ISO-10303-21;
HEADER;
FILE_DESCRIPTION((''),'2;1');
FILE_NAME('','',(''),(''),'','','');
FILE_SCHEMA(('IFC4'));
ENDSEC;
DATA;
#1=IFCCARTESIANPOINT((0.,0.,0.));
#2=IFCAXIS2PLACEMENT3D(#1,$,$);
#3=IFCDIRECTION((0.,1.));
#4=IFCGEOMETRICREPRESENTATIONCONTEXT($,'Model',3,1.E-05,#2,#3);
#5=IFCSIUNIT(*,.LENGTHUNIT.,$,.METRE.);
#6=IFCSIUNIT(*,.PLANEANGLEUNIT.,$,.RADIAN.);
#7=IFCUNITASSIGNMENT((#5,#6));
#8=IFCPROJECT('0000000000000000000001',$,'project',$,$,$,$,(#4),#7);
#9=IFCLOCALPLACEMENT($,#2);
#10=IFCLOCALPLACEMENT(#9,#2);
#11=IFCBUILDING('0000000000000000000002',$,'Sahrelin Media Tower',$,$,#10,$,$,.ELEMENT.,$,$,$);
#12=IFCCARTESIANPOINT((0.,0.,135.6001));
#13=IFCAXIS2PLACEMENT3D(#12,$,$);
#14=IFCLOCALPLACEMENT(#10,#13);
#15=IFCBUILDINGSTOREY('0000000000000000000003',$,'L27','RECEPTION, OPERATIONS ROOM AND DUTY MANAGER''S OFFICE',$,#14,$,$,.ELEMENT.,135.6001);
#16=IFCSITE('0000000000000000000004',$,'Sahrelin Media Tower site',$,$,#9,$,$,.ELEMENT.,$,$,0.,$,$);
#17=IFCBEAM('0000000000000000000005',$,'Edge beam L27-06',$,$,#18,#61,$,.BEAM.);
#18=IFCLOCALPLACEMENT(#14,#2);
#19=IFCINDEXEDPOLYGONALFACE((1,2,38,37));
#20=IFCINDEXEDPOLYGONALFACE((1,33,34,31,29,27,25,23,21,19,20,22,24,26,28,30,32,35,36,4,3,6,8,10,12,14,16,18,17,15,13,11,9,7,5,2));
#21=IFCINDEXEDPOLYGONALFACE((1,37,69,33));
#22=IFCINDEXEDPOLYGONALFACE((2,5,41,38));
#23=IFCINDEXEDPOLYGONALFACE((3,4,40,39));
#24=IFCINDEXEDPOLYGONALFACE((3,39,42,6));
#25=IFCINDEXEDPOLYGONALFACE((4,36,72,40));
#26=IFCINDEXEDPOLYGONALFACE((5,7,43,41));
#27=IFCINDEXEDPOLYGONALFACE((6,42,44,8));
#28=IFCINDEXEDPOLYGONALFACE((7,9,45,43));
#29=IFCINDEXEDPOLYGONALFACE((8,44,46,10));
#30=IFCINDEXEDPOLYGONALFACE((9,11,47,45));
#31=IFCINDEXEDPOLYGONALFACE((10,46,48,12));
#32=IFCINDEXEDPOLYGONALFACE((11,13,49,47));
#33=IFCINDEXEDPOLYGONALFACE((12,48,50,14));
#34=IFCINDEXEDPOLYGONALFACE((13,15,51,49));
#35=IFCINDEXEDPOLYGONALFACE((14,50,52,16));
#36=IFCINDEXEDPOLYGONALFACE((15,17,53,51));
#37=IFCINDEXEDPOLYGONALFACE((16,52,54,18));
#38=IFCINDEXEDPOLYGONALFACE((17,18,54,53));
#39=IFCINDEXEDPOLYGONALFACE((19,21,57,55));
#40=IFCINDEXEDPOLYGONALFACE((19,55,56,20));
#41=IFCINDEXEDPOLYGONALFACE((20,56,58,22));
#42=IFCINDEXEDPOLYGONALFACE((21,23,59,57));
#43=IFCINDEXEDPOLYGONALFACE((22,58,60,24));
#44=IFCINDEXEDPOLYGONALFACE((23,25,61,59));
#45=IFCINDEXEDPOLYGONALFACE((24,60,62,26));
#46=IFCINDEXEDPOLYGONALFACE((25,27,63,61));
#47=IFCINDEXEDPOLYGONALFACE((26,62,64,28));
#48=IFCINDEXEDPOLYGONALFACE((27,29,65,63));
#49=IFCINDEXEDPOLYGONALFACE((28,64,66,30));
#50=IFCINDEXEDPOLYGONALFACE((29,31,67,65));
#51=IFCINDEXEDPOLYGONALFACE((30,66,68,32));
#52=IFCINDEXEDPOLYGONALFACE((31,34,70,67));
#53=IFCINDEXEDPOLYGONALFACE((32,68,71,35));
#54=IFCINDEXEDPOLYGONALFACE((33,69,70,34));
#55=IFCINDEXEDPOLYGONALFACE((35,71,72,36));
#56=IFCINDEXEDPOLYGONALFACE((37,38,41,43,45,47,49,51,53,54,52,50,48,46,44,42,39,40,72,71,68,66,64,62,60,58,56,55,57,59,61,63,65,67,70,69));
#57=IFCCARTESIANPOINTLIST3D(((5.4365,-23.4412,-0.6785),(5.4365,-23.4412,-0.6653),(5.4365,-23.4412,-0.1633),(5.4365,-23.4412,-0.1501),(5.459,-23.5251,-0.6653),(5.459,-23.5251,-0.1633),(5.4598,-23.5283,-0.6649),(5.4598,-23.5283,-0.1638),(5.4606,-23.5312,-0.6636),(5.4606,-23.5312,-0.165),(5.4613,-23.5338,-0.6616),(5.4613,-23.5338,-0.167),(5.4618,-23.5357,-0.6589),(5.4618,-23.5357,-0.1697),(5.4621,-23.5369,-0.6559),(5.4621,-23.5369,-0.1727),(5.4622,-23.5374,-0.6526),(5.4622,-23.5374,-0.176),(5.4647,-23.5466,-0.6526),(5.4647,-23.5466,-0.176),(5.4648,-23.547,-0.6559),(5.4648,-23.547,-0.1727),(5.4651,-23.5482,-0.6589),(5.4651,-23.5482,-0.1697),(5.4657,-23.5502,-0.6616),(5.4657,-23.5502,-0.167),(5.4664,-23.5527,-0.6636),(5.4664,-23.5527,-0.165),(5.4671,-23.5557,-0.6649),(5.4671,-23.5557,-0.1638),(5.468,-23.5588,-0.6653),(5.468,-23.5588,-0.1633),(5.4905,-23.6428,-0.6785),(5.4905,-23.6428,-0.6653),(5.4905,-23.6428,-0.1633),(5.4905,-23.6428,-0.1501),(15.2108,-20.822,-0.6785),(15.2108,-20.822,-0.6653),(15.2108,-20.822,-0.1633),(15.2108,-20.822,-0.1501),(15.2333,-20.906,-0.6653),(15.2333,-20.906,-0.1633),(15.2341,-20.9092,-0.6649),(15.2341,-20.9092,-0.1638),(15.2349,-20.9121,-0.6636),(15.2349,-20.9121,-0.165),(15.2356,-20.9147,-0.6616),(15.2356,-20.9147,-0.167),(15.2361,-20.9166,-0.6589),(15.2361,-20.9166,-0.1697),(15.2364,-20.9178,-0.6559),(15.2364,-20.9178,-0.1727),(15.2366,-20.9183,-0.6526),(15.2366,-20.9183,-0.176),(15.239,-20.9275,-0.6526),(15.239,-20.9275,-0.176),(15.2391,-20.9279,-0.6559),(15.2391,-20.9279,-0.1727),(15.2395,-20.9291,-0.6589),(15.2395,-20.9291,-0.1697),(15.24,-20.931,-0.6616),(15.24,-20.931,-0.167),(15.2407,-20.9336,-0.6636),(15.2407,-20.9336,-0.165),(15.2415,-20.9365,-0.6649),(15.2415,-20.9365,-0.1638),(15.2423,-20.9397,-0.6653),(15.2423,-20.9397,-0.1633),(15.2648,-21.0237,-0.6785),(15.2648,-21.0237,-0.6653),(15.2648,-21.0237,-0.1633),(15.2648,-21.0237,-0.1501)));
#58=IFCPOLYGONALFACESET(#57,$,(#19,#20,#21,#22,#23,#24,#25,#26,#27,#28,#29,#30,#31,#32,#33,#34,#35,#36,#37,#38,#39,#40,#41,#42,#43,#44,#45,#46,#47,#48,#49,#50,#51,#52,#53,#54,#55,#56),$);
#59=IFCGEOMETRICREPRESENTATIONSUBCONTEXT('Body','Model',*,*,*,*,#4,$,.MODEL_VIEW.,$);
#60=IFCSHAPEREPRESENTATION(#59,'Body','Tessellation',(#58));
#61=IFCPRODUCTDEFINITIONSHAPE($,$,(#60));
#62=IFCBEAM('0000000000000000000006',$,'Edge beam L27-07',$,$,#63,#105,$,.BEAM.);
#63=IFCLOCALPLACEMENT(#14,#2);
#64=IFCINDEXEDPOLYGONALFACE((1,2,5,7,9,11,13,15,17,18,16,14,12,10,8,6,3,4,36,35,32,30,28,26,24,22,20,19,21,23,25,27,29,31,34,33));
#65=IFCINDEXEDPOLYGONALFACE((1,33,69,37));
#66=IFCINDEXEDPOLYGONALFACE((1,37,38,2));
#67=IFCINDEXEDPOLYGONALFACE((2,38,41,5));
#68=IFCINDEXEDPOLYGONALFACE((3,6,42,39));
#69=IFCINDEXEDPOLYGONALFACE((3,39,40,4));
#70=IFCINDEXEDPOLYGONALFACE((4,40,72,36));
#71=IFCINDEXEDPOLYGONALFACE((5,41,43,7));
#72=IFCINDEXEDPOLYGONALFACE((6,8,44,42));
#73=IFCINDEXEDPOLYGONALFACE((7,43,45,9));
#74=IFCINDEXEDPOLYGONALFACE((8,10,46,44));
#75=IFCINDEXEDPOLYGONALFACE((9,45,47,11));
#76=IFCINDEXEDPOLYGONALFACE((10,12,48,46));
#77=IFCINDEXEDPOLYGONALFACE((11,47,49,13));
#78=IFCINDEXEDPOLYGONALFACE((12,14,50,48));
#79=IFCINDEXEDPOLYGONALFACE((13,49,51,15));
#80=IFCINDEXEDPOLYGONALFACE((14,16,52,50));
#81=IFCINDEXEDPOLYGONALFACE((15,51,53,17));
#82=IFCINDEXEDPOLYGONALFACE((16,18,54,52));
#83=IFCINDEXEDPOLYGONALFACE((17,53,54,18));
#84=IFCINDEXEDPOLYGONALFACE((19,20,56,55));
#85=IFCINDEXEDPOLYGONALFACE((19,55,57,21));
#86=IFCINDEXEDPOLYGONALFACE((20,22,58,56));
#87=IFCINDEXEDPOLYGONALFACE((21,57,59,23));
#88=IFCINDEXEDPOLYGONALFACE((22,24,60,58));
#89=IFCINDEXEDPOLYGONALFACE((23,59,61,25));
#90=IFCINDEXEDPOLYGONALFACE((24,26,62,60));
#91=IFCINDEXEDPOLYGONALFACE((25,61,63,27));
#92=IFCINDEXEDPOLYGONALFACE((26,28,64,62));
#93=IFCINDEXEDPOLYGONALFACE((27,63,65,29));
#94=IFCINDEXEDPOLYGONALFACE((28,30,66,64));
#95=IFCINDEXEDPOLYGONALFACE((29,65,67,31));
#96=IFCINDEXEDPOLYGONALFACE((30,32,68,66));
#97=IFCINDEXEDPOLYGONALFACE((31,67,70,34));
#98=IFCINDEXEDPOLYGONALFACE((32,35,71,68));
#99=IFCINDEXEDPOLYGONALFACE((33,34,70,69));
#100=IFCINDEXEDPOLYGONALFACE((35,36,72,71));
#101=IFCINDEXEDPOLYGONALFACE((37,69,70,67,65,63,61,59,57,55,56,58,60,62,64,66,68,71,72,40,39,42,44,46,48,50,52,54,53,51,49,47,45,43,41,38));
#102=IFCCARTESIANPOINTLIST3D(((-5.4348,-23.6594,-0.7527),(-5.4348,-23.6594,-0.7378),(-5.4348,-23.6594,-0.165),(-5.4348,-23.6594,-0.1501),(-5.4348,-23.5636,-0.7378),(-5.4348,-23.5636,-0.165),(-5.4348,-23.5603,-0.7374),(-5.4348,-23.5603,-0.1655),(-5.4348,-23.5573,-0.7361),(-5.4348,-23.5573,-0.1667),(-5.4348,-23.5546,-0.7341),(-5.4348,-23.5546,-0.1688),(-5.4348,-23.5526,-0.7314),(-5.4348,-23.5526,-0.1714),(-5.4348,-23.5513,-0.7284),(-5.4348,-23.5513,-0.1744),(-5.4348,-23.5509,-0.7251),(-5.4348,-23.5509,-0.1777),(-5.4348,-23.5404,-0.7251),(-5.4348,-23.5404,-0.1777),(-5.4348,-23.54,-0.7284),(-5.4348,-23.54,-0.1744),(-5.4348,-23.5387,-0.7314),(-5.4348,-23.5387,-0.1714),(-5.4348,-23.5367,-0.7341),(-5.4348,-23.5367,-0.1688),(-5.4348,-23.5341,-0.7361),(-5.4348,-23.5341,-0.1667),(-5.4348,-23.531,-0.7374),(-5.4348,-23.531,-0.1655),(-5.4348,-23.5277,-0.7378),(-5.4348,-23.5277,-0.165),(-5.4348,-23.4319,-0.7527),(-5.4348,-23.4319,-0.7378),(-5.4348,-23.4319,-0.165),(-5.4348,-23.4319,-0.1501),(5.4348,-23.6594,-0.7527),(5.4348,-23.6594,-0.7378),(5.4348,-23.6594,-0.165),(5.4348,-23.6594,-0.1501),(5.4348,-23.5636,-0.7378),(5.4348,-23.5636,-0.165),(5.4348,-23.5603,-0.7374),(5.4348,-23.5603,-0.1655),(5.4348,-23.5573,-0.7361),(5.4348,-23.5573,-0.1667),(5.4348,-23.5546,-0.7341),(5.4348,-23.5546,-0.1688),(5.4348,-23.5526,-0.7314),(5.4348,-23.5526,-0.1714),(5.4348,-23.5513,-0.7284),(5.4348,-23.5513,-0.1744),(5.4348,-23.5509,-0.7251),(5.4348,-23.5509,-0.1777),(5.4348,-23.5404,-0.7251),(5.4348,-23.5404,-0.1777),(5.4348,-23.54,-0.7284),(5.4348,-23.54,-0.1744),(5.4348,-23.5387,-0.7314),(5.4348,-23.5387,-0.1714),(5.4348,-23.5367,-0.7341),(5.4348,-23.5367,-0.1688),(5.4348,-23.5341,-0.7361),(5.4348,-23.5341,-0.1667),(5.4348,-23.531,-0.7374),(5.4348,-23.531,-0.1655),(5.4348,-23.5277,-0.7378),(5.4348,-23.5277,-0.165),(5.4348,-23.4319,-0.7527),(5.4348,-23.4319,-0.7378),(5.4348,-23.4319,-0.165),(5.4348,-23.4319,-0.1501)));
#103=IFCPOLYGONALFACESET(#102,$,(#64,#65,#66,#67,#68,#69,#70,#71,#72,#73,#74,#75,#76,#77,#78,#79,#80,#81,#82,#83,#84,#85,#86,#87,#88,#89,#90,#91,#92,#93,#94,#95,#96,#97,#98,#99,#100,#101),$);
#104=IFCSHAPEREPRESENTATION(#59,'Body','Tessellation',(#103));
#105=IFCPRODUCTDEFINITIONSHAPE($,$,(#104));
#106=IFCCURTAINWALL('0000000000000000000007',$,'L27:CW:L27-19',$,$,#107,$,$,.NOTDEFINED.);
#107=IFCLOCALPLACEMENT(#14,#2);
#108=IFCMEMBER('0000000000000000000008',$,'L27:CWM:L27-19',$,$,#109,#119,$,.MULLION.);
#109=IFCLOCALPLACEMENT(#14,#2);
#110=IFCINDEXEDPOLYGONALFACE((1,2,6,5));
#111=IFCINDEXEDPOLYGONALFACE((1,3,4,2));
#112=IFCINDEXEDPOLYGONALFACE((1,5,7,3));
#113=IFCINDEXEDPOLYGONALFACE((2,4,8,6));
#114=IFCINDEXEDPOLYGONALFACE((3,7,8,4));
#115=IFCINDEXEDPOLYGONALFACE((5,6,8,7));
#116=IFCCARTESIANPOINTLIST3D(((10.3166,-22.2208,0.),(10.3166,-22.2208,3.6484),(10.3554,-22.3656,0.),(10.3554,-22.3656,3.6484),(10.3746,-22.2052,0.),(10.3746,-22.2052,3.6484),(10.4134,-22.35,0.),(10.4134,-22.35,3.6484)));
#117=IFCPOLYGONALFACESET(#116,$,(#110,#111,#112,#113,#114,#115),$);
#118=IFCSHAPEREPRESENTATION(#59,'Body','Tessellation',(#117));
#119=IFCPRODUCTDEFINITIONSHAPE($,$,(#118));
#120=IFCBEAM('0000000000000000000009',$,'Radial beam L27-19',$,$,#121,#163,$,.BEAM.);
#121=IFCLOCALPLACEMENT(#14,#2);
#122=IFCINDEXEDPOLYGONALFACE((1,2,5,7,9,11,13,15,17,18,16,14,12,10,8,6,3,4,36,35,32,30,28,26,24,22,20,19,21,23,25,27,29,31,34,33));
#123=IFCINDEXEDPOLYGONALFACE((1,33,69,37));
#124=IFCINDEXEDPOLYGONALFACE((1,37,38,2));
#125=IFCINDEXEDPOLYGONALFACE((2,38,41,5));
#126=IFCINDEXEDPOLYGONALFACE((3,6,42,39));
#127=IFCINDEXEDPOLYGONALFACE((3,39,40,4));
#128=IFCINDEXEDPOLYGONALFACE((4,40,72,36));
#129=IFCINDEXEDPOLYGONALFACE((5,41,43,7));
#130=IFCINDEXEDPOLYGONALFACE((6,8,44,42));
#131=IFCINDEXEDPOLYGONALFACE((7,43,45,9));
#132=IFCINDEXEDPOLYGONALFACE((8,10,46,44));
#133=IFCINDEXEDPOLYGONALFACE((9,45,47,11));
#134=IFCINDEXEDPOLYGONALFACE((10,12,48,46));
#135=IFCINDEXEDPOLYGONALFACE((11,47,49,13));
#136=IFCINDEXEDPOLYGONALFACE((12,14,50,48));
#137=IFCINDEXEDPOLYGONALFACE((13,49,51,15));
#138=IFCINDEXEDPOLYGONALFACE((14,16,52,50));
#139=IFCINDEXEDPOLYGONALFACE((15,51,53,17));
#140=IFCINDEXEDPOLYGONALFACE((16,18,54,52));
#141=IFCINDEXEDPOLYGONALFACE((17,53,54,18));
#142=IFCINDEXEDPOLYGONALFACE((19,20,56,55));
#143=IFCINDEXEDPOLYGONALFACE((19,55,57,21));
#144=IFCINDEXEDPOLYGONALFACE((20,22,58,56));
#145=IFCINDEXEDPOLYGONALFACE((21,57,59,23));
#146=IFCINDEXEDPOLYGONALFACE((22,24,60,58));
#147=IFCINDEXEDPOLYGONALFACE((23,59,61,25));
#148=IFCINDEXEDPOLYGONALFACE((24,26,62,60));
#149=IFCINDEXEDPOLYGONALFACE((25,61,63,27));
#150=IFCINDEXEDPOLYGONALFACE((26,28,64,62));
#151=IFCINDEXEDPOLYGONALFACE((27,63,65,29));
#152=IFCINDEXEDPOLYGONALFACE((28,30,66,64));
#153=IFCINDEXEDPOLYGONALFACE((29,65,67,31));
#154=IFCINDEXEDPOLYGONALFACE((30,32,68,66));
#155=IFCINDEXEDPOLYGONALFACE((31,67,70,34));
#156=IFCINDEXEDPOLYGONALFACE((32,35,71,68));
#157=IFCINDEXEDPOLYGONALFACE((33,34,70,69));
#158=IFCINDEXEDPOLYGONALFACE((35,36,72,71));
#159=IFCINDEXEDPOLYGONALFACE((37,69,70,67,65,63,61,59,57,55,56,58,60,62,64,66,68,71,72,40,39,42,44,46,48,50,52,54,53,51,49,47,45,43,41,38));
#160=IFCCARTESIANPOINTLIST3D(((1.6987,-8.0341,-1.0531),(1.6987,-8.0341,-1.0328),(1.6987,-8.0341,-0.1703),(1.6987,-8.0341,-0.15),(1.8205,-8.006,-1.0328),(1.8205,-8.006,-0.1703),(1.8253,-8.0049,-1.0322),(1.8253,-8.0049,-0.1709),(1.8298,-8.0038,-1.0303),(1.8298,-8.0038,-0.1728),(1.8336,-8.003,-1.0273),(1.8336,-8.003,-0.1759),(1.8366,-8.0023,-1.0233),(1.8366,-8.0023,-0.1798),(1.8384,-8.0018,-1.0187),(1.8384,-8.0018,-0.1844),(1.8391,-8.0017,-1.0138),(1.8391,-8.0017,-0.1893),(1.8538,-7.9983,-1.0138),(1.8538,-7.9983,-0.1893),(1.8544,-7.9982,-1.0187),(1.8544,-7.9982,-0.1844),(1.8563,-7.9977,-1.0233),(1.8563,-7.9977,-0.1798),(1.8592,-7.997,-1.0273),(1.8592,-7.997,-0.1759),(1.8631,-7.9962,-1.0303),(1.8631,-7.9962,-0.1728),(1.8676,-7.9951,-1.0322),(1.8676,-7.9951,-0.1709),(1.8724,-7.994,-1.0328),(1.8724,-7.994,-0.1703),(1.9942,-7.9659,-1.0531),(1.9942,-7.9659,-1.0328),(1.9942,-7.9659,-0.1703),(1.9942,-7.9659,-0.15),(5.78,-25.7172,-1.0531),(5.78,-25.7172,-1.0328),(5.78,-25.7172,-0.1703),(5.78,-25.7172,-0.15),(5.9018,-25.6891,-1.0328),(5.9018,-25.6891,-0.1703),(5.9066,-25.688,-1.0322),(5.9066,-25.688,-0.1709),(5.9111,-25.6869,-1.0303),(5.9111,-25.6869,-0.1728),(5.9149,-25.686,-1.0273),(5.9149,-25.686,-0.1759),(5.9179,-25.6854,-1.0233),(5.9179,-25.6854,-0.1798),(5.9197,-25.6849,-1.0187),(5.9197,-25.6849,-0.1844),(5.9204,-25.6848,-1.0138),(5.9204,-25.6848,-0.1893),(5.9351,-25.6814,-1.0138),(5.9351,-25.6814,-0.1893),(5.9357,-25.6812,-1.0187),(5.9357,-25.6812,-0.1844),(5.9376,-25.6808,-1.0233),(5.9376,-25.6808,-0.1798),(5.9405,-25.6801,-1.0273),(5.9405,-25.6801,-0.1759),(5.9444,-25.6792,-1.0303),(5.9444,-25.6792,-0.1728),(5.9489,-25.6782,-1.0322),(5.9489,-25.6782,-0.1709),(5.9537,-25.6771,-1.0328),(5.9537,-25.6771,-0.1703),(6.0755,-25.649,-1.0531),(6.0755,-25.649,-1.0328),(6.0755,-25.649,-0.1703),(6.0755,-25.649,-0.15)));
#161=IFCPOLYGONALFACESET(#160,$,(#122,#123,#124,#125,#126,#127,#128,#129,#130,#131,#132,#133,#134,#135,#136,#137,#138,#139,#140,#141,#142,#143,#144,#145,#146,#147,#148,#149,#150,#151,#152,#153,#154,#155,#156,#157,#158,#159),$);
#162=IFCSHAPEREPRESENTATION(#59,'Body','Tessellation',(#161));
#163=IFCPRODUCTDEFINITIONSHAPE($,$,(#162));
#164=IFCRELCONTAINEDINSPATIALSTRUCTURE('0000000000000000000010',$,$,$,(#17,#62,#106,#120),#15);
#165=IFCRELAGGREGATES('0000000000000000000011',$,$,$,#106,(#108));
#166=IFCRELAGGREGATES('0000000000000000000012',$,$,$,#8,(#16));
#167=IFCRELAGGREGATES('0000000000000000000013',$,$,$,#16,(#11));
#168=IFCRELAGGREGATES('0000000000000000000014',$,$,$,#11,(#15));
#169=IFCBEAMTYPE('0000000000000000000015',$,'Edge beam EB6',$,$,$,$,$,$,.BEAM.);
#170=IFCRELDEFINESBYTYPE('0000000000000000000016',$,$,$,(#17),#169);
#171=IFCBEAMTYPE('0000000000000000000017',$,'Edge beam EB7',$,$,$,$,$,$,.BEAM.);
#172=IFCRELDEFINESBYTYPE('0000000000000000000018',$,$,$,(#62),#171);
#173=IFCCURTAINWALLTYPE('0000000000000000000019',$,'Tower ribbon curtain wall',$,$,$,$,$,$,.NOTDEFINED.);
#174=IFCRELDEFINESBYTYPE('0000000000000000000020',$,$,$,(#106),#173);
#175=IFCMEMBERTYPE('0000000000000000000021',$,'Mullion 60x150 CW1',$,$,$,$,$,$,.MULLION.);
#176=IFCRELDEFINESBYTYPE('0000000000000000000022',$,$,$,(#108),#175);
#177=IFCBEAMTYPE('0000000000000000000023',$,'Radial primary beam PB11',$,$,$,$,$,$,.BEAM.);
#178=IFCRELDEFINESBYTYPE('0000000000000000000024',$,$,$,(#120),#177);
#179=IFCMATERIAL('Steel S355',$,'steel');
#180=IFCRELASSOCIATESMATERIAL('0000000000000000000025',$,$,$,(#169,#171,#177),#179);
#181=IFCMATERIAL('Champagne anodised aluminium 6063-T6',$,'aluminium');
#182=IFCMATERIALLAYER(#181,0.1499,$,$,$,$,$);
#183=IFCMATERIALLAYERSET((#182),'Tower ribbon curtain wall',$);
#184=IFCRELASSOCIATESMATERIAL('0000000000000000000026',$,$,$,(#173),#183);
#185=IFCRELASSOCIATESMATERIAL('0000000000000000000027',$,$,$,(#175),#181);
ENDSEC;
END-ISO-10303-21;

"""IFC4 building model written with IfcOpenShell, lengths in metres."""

from ifc_helpers import new_model, si_unit, direction, frame, origin, origin_2d, place, context, subcontext, project, spatial, rectangle, i_section, extrude, material, layer, layer_set, material_profile, profile_set, type_object, element, aggregate, save


model = new_model("IFC4")

# Units and contexts
model_context = context("Model", 3, precision=1e-05, world=origin(), true_north=direction((0.0, 1.0)))
body_context = subcontext(model_context, "Body", "Model", "MODEL_VIEW")
ifc_project = project(units=[si_unit("LENGTHUNIT", "METRE"), si_unit("PLANEANGLEUNIT", "RADIAN")], contexts=[model_context])

# Site, building, storey
site_placement = place(None, origin())
site = spatial("IfcSite", under=ifc_project, at=site_placement, Name="Sahrelin Media Tower site", CompositionType="ELEMENT", RefElevation=0.0)
building_placement = place(site_placement, origin())
building = spatial("IfcBuilding", under=site, at=building_placement, Name="Sahrelin Media Tower", CompositionType="ELEMENT")
storey_placement = place(building_placement, frame((0.0, 0.0, 135.6001)))
storey = spatial("IfcBuildingStorey", under=building, at=storey_placement, Name="L27", Description="RECEPTION, OPERATIONS ROOM AND DUTY MANAGER'S OFFICE", CompositionType="ELEMENT", Elevation=135.6001)

# Beams
ifc_material_1 = material(Name="Steel S355", Category="steel")
ifc_material_profile_1 = material_profile(ifc_material_1, i_section(OverallWidth=0.2087, OverallDepth=0.5283, WebThickness=0.0095, FlangeThickness=0.0132, FilletRadius=0.0127, at=origin_2d()), Name="UB 533x210x82")
ifc_profile_set_1 = profile_set([ifc_material_profile_1], Name="Steel S355")
beam_type_1 = type_object("IfcBeamType", Name="Edge beam EB6", PredefinedType="BEAM", material=ifc_profile_set_1)
beam_1_placement = place(storey_placement, frame((15.2378, -20.9229, -0.4143), z_axis=(-0.965923, -0.258828, 0.0), x_axis=(0.258828, -0.965923, 0.0)))
element("IfcBeam", 1, at=beam_1_placement, inside=storey, type_object=beam_type_1, Name="Edge beam L27-06", PredefinedType="BEAM", context=body_context, shape_type="SweptSolid", body=[
    extrude(i_section(OverallWidth=0.2087, OverallDepth=0.5283, WebThickness=0.0095, FlangeThickness=0.0132, FilletRadius=0.0127, at=origin_2d()), origin(), (0.0, 0.0, 1.0), 10.1191),
])
ifc_material_profile_2 = material_profile(ifc_material_1, i_section(OverallWidth=0.2275, OverallDepth=0.6025, WebThickness=0.0105, FlangeThickness=0.0149, FilletRadius=0.0127, at=origin_2d()), Name="UB 610x229x101")
ifc_profile_set_2 = profile_set([ifc_material_profile_2], Name="Steel S355")
beam_type_2 = type_object("IfcBeamType", Name="Edge beam EB7", PredefinedType="BEAM", material=ifc_profile_set_2)
beam_2_placement = place(storey_placement, frame((5.4348, -23.5457, -0.4514), z_axis=(-1.0, 0.0, 0.0), x_axis=(0.0, -1.0, 0.0)))
element("IfcBeam", 2, at=beam_2_placement, inside=storey, type_object=beam_type_2, Name="Edge beam L27-07", PredefinedType="BEAM", context=body_context, shape_type="SweptSolid", body=[
    extrude(i_section(OverallWidth=0.2275, OverallDepth=0.6025, WebThickness=0.0105, FlangeThickness=0.0149, FilletRadius=0.0127, at=origin_2d()), origin(), (0.0, 0.0, 1.0), 10.8696),
])

# Curtain wall, member
ifc_material_2 = material(Name="Champagne anodised aluminium 6063-T6", Category="aluminium")
ifc_layer_1 = layer(ifc_material_2, 0.1499)
ifc_layer_set_1 = layer_set([ifc_layer_1], Name="Tower ribbon curtain wall")
curtain_wall_type = type_object("IfcCurtainWallType", Name="Tower ribbon curtain wall", PredefinedType="NOTDEFINED", material=ifc_layer_set_1)
curtain_wall_placement = place(storey_placement, frame((10.3894, -22.3772, 0.0), z_axis=(0.0, 0.0, 1.0), x_axis=(1.0, 0.0, 0.0)))
curtain_wall = element("IfcCurtainWall", 3, at=curtain_wall_placement, inside=storey, type_object=curtain_wall_type, Name="L27:CW:L27-19", PredefinedType="NOTDEFINED")
ifc_material_profile_3 = material_profile(ifc_material_2, rectangle(XDim=0.0601, YDim=0.1499, at=origin_2d()), Name="Mullion 60x150")
ifc_profile_set_3 = profile_set([ifc_material_profile_3], Name="Champagne anodised aluminium 6063-T6")
member_type_1 = type_object("IfcMemberType", Name="Mullion 60x150 CW1", PredefinedType="MULLION", material=ifc_profile_set_3)
member_1_placement = place(storey_placement, frame((10.365, -22.2854, 0.0), z_axis=(0.0, 0.0, 1.0), x_axis=(0.965926, 0.258819, 0.0)))
member_1 = element("IfcMember", 4, at=member_1_placement, type_object=member_type_1, Name="L27:CWM:L27-19", PredefinedType="MULLION", context=body_context, shape_type="SweptSolid", body=[
    extrude(rectangle(XDim=0.0601, YDim=0.1499, at=origin_2d()), origin(), (0.0, 0.0, 1.0), 3.6484),
])

# Beam
ifc_material_profile_4 = material_profile(ifc_material_1, i_section(OverallWidth=0.3032, OverallDepth=0.9031, WebThickness=0.0151, FlangeThickness=0.0203, FilletRadius=0.019, at=origin_2d()), Name="UB 914x305x201")
ifc_profile_set_4 = profile_set([ifc_material_profile_4], Name="Steel S355")
beam_type_3 = type_object("IfcBeamType", Name="Radial primary beam PB11", PredefinedType="BEAM", material=ifc_profile_set_4)
beam_3_placement = place(storey_placement, frame((1.8464, -8.0, -0.6016), z_axis=(0.22489, -0.974384, 0.0), x_axis=(0.974384, 0.22489, 0.0)))
element("IfcBeam", 5, at=beam_3_placement, inside=storey, type_object=beam_type_3, Name="Radial beam L27-19", PredefinedType="BEAM", context=body_context, shape_type="SweptSolid", body=[
    extrude(i_section(OverallWidth=0.3032, OverallDepth=0.9031, WebThickness=0.0151, FlangeThickness=0.0203, FilletRadius=0.019, at=origin_2d()), origin(), (0.0, 0.0, 1.0), 18.1479),
])

aggregate(curtain_wall, [member_1])

save(model, "model.ifc")
